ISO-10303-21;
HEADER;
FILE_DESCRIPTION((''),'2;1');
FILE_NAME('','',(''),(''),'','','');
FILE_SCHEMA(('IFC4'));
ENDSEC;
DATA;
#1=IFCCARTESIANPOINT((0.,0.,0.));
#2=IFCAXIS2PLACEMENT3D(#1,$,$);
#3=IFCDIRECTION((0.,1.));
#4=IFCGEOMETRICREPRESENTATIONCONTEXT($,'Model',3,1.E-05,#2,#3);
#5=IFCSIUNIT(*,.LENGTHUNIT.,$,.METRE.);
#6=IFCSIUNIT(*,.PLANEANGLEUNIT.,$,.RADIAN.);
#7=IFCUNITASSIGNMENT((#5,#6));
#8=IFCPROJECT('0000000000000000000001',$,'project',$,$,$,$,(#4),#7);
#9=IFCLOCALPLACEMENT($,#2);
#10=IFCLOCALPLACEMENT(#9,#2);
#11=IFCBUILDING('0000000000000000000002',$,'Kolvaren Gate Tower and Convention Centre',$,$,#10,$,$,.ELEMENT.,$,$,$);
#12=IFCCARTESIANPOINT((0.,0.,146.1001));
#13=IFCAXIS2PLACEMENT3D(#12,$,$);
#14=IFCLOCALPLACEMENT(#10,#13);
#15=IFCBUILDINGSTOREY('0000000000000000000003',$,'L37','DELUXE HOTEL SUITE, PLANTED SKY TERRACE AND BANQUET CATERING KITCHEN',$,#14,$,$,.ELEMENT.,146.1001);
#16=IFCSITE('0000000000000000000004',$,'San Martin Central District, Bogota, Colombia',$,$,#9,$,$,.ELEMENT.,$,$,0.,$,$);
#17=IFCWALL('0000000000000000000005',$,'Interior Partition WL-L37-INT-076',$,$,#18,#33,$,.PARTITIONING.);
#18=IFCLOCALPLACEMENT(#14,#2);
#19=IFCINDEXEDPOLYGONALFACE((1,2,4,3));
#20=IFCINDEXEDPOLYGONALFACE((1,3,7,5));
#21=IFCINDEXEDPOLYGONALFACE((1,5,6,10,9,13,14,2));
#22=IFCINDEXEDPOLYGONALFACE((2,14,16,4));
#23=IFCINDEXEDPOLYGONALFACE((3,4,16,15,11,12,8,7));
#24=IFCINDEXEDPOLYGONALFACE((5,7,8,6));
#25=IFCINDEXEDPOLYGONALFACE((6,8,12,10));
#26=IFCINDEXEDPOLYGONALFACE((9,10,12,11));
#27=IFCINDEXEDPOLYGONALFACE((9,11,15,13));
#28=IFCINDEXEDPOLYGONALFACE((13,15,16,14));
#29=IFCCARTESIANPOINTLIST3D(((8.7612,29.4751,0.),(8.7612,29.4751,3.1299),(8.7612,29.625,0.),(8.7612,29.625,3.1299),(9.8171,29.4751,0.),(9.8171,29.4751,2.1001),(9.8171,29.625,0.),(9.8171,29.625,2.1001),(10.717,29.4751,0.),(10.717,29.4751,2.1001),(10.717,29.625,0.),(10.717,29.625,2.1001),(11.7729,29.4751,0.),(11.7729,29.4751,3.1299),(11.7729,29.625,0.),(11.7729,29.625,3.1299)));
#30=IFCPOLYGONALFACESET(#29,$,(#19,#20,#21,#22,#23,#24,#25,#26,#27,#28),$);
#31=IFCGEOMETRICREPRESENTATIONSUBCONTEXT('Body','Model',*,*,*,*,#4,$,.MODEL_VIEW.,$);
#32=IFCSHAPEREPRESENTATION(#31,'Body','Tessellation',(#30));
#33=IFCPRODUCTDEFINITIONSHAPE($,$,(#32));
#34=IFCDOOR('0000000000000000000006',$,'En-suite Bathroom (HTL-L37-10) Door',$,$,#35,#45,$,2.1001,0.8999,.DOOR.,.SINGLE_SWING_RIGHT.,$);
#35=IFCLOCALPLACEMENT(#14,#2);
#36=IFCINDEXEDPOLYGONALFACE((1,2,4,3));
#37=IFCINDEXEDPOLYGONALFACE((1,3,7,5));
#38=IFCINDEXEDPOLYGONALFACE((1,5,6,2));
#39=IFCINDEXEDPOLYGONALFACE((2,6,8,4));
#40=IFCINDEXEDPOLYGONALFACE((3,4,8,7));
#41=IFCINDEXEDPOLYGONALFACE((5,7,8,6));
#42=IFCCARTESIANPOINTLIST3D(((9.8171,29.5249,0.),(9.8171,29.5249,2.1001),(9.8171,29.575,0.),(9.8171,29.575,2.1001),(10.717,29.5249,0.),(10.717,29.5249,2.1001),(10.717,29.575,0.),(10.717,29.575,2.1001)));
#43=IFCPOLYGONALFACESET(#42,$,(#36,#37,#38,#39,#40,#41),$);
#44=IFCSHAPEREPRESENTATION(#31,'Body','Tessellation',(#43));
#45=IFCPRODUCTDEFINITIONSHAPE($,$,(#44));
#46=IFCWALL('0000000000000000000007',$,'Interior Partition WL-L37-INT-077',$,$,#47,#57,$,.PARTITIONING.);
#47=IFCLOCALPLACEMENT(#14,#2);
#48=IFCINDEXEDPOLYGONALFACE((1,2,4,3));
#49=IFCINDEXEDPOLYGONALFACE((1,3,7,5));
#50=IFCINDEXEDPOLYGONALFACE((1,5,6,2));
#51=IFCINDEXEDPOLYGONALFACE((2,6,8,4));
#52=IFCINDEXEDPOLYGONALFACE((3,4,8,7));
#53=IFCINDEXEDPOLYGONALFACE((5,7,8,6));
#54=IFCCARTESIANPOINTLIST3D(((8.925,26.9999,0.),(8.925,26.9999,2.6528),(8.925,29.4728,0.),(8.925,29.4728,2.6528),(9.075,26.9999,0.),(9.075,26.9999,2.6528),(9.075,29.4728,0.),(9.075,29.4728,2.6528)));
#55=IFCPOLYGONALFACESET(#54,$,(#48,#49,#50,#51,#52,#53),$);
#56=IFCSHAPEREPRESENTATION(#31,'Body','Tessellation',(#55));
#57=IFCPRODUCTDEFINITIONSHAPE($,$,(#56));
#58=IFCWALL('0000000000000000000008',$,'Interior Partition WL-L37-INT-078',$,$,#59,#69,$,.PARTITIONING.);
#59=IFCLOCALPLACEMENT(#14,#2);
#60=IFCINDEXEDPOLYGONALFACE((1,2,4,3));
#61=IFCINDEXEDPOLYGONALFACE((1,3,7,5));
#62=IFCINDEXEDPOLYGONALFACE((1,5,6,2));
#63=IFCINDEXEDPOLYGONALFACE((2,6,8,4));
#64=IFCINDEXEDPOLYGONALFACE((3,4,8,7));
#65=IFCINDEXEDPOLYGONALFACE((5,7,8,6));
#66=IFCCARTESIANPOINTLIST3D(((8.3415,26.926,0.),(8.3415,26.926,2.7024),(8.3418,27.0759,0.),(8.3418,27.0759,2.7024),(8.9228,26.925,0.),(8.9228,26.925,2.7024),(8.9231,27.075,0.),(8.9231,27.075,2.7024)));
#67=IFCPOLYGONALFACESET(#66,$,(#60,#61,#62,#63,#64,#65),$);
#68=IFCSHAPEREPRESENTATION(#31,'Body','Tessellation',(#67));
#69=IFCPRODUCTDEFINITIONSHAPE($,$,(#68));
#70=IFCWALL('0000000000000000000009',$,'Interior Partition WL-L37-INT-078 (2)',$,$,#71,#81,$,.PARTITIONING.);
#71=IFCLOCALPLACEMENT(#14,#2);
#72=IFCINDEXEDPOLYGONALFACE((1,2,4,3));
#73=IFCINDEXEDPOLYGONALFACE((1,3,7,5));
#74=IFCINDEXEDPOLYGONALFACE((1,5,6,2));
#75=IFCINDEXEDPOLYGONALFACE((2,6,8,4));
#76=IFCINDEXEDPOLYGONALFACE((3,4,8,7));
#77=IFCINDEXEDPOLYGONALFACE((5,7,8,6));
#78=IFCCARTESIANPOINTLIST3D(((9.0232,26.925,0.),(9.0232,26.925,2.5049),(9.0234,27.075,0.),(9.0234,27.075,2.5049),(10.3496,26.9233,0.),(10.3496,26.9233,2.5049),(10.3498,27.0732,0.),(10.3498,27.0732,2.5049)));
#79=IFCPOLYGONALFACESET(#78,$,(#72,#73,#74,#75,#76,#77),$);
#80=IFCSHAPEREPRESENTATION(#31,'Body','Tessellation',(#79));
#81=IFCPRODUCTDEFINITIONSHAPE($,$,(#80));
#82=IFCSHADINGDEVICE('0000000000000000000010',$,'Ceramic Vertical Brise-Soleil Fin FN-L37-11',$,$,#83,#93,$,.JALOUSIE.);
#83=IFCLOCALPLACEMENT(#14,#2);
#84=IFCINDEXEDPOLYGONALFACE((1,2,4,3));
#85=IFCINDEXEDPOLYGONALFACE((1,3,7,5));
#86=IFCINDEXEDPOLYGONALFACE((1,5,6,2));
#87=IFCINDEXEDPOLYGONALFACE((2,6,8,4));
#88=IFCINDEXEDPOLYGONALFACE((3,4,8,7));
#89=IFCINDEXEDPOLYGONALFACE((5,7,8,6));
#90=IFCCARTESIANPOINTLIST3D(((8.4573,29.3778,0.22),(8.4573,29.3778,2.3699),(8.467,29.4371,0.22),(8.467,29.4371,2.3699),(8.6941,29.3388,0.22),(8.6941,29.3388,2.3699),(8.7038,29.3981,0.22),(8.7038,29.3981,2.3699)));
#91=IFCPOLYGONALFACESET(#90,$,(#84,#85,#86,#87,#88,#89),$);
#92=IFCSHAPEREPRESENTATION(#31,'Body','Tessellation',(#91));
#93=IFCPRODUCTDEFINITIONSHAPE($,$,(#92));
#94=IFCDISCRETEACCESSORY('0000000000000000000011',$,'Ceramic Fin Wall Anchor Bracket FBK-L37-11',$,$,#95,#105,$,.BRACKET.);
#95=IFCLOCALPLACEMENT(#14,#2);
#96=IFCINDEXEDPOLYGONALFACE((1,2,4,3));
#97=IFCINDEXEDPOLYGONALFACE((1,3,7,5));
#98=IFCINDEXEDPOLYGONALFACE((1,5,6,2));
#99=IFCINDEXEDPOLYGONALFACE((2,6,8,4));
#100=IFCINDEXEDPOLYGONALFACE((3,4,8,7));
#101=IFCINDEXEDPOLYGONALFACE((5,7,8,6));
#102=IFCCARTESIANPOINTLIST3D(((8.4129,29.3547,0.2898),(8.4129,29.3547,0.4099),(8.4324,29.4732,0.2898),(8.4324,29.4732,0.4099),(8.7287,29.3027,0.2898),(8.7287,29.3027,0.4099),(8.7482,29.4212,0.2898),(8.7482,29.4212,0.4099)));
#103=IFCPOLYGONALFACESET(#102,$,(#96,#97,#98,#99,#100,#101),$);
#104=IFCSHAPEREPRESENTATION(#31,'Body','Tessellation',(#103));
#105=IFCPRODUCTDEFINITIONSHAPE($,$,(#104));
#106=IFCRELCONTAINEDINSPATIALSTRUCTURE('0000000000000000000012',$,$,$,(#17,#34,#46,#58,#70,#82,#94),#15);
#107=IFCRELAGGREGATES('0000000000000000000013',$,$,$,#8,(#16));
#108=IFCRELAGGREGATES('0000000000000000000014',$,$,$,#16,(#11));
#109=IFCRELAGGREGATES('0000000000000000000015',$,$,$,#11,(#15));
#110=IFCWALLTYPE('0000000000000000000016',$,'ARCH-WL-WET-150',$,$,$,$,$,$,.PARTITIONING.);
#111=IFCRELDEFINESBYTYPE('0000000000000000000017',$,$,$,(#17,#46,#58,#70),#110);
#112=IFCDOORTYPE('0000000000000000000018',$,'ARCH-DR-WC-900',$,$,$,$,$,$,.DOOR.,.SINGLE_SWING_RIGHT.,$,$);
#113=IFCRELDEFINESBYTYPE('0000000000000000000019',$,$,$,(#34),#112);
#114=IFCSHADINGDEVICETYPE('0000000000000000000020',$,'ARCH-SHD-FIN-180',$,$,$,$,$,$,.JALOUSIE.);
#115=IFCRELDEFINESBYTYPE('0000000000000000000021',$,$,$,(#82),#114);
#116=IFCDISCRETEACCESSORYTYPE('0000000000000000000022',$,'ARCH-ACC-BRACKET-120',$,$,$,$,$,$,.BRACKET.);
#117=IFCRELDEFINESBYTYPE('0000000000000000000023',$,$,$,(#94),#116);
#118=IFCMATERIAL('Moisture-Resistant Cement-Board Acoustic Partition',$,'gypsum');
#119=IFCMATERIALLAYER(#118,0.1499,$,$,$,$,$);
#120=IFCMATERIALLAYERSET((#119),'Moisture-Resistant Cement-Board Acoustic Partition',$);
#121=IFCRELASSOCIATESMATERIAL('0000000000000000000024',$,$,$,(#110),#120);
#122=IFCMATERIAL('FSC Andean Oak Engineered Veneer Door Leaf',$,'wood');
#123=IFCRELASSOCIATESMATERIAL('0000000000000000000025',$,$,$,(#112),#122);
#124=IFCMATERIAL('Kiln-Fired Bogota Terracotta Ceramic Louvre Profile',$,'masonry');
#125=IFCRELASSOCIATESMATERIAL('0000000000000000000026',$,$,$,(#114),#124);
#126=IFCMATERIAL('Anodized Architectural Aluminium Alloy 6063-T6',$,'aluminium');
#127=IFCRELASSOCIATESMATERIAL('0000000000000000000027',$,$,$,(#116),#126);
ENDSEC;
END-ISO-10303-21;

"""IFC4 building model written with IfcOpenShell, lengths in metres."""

from ifc_helpers import new_model, si_unit, direction, frame, frame_2d, origin, origin_2d, place, context, subcontext, project, spatial, rectangle, extrude, material, layer, layer_set, type_object, element, fill, save


model = new_model("IFC4")

# Units and contexts
model_context = context("Model", 3, precision=1e-05, world=origin(), true_north=direction((0.0, 1.0)))
body_context = subcontext(model_context, "Body", "Model", "MODEL_VIEW")
ifc_project = project(units=[si_unit("LENGTHUNIT", "METRE"), si_unit("PLANEANGLEUNIT", "RADIAN")], contexts=[model_context])

# Site, building, storey
site_placement = place(None, origin())
site = spatial("IfcSite", under=ifc_project, at=site_placement, Name="San Martin Central District, Bogota, Colombia", CompositionType="ELEMENT", RefElevation=0.0)
building_placement = place(site_placement, origin())
building = spatial("IfcBuilding", under=site, at=building_placement, Name="Kolvaren Gate Tower and Convention Centre", CompositionType="ELEMENT")
storey_placement = place(building_placement, frame((0.0, 0.0, 146.1001)))
storey = spatial("IfcBuildingStorey", under=building, at=storey_placement, Name="L37", Description="DELUXE HOTEL SUITE, PLANTED SKY TERRACE AND BANQUET CATERING KITCHEN", CompositionType="ELEMENT", Elevation=146.1001)

# Shared definitions
ifc_material_1 = material(Name="Anodized Architectural Aluminium Alloy 6063-T6", Category="aluminium")

# Shared definitions
ifc_material_2 = material(Name="Moisture-Resistant Cement-Board Acoustic Partition", Category="gypsum")
ifc_layer_1 = layer(ifc_material_2, 0.1499)
ifc_layer_set_1 = layer_set([ifc_layer_1], Name="Moisture-Resistant Cement-Board Acoustic Partition")
wall_type_1 = type_object("IfcWallType", Name="ARCH-WL-WET-150", PredefinedType="PARTITIONING", material=ifc_layer_set_1)

# Wall, opening, door
wall_1_placement = place(storey_placement, frame((8.7612, 29.55, 0.0), z_axis=(0.0, 0.0, 1.0), x_axis=(1.0, 0.0, 0.0)))
wall_1 = element("IfcWall", 1, at=wall_1_placement, inside=storey, type_object=wall_type_1, Name="Interior Partition WL-L37-INT-076", PredefinedType="PARTITIONING", context=body_context, shape_type="SweptSolid", body=[
    extrude(rectangle(XDim=3.0117, YDim=0.1499, at=frame_2d((1.5059, 0.0))), origin(), (0.0, 0.0, 1.0), 3.1299),
])
opening_1_placement = place(wall_1_placement, frame((1.0559, 0.0, 0.0)))
opening_1 = element("IfcOpeningElement", 2, at=opening_1_placement, cuts=wall_1, PredefinedType="OPENING", context=body_context, shape_type="SweptSolid", body=[
    extrude(rectangle(XDim=0.8999, YDim=2.1001, at=frame_2d((0.45, 1.05))), frame((0.0, 0.085, 0.0), z_axis=(0.0, -1.0, 0.0), x_axis=(1.0, 0.0, 0.0)), (0.0, 0.0, 1.0), 0.1699),
])
ifc_material_3 = material(Name="FSC Andean Oak Engineered Veneer Door Leaf", Category="wood")
door_type_1 = type_object("IfcDoorType", Name="ARCH-DR-WC-900", OperationType="SINGLE_SWING_RIGHT", PredefinedType="DOOR", material=ifc_material_3)
door_1_placement = place(opening_1_placement, origin())
door_1 = element("IfcDoor", 3, at=door_1_placement, inside=storey, type_object=door_type_1, Name="En-suite Bathroom (HTL-L37-10) Door", OperationType="SINGLE_SWING_RIGHT", OverallHeight=2.1001, OverallWidth=0.8999, PredefinedType="DOOR", context=body_context, shape_type="SweptSolid", body=[
    extrude(rectangle(XDim=0.8999, YDim=2.1001, at=frame_2d((0.45, 1.05))), frame((0.0, 0.0249, 0.0), z_axis=(0.0, -1.0, 0.0), x_axis=(1.0, 0.0, 0.0)), (0.0, 0.0, 1.0), 0.05),
])
fill(opening_1, door_1)

# Walls
wall_2_placement = place(storey_placement, frame((9.0, 27.0, 0.0), z_axis=(0.0, 0.0, 1.0), x_axis=(0.0, 1.0, 0.0)))
element("IfcWall", 4, at=wall_2_placement, inside=storey, type_object=wall_type_1, Name="Interior Partition WL-L37-INT-077", PredefinedType="PARTITIONING", context=body_context, shape_type="SweptSolid", body=[
    extrude(rectangle(XDim=2.4729, YDim=0.1499, at=frame_2d((1.2363, 0.0))), origin(), (0.0, 0.0, 1.0), 2.6528),
])
wall_3_placement = place(storey_placement, frame((8.3418, 27.001, 0.0), z_axis=(0.0, 0.0, 1.0), x_axis=(0.999999, -0.00168, 0.0)))
element("IfcWall", 5, at=wall_3_placement, inside=storey, type_object=wall_type_1, Name="Interior Partition WL-L37-INT-078", PredefinedType="PARTITIONING", context=body_context, shape_type="SweptSolid", body=[
    extrude(rectangle(XDim=0.5813, YDim=0.1499, at=frame_2d((0.2905, 0.0))), origin(), (0.0, 0.0, 1.0), 2.7024),
])
wall_4_placement = place(storey_placement, frame((9.0234, 27.0, 0.0), z_axis=(0.0, 0.0, 1.0), x_axis=(0.999999, -0.001288, 0.0)))
element("IfcWall", 6, at=wall_4_placement, inside=storey, type_object=wall_type_1, Name="Interior Partition WL-L37-INT-078 (2)", PredefinedType="PARTITIONING", context=body_context, shape_type="SweptSolid", body=[
    extrude(rectangle(XDim=1.3264, YDim=0.1499, at=frame_2d((0.6631, 0.0))), origin(), (0.0, 0.0, 1.0), 2.5049),
])

# Shading device
ifc_material_4 = material(Name="Kiln-Fired Bogota Terracotta Ceramic Louvre Profile", Category="masonry")
shading_device_type = type_object("IfcShadingDeviceType", Name="ARCH-SHD-FIN-180", PredefinedType="JALOUSIE", material=ifc_material_4)
shading_device_placement = place(storey_placement, frame((8.5806, 29.3879, 0.22), z_axis=(0.0, 0.0, 1.0), x_axis=(0.162381, 0.986728, 0.0)))
element("IfcShadingDevice", 7, at=shading_device_placement, inside=storey, type_object=shading_device_type, Name="Ceramic Vertical Brise-Soleil Fin FN-L37-11", PredefinedType="JALOUSIE", context=body_context, shape_type="SweptSolid", body=[
    extrude(rectangle(XDim=0.0601, YDim=0.24, at=origin_2d()), origin(), (0.0, 0.0, 1.0), 2.1499),
])

# Discrete accessory
discrete_accessory_type = type_object("IfcDiscreteAccessoryType", Name="ARCH-ACC-BRACKET-120", PredefinedType="BRACKET", material=ifc_material_1)
discrete_accessory_placement = place(storey_placement, frame((8.5806, 29.3879, 0.2898), z_axis=(0.0, 0.0, 1.0), x_axis=(0.162381, 0.986728, 0.0)))
element("IfcDiscreteAccessory", 8, at=discrete_accessory_placement, inside=storey, type_object=discrete_accessory_type, Name="Ceramic Fin Wall Anchor Bracket FBK-L37-11", PredefinedType="BRACKET", context=body_context, shape_type="SweptSolid", body=[
    extrude(rectangle(XDim=0.1201, YDim=0.3201, at=origin_2d()), origin(), (0.0, 0.0, 1.0), 0.1201),
])

save(model, "model.ifc")
